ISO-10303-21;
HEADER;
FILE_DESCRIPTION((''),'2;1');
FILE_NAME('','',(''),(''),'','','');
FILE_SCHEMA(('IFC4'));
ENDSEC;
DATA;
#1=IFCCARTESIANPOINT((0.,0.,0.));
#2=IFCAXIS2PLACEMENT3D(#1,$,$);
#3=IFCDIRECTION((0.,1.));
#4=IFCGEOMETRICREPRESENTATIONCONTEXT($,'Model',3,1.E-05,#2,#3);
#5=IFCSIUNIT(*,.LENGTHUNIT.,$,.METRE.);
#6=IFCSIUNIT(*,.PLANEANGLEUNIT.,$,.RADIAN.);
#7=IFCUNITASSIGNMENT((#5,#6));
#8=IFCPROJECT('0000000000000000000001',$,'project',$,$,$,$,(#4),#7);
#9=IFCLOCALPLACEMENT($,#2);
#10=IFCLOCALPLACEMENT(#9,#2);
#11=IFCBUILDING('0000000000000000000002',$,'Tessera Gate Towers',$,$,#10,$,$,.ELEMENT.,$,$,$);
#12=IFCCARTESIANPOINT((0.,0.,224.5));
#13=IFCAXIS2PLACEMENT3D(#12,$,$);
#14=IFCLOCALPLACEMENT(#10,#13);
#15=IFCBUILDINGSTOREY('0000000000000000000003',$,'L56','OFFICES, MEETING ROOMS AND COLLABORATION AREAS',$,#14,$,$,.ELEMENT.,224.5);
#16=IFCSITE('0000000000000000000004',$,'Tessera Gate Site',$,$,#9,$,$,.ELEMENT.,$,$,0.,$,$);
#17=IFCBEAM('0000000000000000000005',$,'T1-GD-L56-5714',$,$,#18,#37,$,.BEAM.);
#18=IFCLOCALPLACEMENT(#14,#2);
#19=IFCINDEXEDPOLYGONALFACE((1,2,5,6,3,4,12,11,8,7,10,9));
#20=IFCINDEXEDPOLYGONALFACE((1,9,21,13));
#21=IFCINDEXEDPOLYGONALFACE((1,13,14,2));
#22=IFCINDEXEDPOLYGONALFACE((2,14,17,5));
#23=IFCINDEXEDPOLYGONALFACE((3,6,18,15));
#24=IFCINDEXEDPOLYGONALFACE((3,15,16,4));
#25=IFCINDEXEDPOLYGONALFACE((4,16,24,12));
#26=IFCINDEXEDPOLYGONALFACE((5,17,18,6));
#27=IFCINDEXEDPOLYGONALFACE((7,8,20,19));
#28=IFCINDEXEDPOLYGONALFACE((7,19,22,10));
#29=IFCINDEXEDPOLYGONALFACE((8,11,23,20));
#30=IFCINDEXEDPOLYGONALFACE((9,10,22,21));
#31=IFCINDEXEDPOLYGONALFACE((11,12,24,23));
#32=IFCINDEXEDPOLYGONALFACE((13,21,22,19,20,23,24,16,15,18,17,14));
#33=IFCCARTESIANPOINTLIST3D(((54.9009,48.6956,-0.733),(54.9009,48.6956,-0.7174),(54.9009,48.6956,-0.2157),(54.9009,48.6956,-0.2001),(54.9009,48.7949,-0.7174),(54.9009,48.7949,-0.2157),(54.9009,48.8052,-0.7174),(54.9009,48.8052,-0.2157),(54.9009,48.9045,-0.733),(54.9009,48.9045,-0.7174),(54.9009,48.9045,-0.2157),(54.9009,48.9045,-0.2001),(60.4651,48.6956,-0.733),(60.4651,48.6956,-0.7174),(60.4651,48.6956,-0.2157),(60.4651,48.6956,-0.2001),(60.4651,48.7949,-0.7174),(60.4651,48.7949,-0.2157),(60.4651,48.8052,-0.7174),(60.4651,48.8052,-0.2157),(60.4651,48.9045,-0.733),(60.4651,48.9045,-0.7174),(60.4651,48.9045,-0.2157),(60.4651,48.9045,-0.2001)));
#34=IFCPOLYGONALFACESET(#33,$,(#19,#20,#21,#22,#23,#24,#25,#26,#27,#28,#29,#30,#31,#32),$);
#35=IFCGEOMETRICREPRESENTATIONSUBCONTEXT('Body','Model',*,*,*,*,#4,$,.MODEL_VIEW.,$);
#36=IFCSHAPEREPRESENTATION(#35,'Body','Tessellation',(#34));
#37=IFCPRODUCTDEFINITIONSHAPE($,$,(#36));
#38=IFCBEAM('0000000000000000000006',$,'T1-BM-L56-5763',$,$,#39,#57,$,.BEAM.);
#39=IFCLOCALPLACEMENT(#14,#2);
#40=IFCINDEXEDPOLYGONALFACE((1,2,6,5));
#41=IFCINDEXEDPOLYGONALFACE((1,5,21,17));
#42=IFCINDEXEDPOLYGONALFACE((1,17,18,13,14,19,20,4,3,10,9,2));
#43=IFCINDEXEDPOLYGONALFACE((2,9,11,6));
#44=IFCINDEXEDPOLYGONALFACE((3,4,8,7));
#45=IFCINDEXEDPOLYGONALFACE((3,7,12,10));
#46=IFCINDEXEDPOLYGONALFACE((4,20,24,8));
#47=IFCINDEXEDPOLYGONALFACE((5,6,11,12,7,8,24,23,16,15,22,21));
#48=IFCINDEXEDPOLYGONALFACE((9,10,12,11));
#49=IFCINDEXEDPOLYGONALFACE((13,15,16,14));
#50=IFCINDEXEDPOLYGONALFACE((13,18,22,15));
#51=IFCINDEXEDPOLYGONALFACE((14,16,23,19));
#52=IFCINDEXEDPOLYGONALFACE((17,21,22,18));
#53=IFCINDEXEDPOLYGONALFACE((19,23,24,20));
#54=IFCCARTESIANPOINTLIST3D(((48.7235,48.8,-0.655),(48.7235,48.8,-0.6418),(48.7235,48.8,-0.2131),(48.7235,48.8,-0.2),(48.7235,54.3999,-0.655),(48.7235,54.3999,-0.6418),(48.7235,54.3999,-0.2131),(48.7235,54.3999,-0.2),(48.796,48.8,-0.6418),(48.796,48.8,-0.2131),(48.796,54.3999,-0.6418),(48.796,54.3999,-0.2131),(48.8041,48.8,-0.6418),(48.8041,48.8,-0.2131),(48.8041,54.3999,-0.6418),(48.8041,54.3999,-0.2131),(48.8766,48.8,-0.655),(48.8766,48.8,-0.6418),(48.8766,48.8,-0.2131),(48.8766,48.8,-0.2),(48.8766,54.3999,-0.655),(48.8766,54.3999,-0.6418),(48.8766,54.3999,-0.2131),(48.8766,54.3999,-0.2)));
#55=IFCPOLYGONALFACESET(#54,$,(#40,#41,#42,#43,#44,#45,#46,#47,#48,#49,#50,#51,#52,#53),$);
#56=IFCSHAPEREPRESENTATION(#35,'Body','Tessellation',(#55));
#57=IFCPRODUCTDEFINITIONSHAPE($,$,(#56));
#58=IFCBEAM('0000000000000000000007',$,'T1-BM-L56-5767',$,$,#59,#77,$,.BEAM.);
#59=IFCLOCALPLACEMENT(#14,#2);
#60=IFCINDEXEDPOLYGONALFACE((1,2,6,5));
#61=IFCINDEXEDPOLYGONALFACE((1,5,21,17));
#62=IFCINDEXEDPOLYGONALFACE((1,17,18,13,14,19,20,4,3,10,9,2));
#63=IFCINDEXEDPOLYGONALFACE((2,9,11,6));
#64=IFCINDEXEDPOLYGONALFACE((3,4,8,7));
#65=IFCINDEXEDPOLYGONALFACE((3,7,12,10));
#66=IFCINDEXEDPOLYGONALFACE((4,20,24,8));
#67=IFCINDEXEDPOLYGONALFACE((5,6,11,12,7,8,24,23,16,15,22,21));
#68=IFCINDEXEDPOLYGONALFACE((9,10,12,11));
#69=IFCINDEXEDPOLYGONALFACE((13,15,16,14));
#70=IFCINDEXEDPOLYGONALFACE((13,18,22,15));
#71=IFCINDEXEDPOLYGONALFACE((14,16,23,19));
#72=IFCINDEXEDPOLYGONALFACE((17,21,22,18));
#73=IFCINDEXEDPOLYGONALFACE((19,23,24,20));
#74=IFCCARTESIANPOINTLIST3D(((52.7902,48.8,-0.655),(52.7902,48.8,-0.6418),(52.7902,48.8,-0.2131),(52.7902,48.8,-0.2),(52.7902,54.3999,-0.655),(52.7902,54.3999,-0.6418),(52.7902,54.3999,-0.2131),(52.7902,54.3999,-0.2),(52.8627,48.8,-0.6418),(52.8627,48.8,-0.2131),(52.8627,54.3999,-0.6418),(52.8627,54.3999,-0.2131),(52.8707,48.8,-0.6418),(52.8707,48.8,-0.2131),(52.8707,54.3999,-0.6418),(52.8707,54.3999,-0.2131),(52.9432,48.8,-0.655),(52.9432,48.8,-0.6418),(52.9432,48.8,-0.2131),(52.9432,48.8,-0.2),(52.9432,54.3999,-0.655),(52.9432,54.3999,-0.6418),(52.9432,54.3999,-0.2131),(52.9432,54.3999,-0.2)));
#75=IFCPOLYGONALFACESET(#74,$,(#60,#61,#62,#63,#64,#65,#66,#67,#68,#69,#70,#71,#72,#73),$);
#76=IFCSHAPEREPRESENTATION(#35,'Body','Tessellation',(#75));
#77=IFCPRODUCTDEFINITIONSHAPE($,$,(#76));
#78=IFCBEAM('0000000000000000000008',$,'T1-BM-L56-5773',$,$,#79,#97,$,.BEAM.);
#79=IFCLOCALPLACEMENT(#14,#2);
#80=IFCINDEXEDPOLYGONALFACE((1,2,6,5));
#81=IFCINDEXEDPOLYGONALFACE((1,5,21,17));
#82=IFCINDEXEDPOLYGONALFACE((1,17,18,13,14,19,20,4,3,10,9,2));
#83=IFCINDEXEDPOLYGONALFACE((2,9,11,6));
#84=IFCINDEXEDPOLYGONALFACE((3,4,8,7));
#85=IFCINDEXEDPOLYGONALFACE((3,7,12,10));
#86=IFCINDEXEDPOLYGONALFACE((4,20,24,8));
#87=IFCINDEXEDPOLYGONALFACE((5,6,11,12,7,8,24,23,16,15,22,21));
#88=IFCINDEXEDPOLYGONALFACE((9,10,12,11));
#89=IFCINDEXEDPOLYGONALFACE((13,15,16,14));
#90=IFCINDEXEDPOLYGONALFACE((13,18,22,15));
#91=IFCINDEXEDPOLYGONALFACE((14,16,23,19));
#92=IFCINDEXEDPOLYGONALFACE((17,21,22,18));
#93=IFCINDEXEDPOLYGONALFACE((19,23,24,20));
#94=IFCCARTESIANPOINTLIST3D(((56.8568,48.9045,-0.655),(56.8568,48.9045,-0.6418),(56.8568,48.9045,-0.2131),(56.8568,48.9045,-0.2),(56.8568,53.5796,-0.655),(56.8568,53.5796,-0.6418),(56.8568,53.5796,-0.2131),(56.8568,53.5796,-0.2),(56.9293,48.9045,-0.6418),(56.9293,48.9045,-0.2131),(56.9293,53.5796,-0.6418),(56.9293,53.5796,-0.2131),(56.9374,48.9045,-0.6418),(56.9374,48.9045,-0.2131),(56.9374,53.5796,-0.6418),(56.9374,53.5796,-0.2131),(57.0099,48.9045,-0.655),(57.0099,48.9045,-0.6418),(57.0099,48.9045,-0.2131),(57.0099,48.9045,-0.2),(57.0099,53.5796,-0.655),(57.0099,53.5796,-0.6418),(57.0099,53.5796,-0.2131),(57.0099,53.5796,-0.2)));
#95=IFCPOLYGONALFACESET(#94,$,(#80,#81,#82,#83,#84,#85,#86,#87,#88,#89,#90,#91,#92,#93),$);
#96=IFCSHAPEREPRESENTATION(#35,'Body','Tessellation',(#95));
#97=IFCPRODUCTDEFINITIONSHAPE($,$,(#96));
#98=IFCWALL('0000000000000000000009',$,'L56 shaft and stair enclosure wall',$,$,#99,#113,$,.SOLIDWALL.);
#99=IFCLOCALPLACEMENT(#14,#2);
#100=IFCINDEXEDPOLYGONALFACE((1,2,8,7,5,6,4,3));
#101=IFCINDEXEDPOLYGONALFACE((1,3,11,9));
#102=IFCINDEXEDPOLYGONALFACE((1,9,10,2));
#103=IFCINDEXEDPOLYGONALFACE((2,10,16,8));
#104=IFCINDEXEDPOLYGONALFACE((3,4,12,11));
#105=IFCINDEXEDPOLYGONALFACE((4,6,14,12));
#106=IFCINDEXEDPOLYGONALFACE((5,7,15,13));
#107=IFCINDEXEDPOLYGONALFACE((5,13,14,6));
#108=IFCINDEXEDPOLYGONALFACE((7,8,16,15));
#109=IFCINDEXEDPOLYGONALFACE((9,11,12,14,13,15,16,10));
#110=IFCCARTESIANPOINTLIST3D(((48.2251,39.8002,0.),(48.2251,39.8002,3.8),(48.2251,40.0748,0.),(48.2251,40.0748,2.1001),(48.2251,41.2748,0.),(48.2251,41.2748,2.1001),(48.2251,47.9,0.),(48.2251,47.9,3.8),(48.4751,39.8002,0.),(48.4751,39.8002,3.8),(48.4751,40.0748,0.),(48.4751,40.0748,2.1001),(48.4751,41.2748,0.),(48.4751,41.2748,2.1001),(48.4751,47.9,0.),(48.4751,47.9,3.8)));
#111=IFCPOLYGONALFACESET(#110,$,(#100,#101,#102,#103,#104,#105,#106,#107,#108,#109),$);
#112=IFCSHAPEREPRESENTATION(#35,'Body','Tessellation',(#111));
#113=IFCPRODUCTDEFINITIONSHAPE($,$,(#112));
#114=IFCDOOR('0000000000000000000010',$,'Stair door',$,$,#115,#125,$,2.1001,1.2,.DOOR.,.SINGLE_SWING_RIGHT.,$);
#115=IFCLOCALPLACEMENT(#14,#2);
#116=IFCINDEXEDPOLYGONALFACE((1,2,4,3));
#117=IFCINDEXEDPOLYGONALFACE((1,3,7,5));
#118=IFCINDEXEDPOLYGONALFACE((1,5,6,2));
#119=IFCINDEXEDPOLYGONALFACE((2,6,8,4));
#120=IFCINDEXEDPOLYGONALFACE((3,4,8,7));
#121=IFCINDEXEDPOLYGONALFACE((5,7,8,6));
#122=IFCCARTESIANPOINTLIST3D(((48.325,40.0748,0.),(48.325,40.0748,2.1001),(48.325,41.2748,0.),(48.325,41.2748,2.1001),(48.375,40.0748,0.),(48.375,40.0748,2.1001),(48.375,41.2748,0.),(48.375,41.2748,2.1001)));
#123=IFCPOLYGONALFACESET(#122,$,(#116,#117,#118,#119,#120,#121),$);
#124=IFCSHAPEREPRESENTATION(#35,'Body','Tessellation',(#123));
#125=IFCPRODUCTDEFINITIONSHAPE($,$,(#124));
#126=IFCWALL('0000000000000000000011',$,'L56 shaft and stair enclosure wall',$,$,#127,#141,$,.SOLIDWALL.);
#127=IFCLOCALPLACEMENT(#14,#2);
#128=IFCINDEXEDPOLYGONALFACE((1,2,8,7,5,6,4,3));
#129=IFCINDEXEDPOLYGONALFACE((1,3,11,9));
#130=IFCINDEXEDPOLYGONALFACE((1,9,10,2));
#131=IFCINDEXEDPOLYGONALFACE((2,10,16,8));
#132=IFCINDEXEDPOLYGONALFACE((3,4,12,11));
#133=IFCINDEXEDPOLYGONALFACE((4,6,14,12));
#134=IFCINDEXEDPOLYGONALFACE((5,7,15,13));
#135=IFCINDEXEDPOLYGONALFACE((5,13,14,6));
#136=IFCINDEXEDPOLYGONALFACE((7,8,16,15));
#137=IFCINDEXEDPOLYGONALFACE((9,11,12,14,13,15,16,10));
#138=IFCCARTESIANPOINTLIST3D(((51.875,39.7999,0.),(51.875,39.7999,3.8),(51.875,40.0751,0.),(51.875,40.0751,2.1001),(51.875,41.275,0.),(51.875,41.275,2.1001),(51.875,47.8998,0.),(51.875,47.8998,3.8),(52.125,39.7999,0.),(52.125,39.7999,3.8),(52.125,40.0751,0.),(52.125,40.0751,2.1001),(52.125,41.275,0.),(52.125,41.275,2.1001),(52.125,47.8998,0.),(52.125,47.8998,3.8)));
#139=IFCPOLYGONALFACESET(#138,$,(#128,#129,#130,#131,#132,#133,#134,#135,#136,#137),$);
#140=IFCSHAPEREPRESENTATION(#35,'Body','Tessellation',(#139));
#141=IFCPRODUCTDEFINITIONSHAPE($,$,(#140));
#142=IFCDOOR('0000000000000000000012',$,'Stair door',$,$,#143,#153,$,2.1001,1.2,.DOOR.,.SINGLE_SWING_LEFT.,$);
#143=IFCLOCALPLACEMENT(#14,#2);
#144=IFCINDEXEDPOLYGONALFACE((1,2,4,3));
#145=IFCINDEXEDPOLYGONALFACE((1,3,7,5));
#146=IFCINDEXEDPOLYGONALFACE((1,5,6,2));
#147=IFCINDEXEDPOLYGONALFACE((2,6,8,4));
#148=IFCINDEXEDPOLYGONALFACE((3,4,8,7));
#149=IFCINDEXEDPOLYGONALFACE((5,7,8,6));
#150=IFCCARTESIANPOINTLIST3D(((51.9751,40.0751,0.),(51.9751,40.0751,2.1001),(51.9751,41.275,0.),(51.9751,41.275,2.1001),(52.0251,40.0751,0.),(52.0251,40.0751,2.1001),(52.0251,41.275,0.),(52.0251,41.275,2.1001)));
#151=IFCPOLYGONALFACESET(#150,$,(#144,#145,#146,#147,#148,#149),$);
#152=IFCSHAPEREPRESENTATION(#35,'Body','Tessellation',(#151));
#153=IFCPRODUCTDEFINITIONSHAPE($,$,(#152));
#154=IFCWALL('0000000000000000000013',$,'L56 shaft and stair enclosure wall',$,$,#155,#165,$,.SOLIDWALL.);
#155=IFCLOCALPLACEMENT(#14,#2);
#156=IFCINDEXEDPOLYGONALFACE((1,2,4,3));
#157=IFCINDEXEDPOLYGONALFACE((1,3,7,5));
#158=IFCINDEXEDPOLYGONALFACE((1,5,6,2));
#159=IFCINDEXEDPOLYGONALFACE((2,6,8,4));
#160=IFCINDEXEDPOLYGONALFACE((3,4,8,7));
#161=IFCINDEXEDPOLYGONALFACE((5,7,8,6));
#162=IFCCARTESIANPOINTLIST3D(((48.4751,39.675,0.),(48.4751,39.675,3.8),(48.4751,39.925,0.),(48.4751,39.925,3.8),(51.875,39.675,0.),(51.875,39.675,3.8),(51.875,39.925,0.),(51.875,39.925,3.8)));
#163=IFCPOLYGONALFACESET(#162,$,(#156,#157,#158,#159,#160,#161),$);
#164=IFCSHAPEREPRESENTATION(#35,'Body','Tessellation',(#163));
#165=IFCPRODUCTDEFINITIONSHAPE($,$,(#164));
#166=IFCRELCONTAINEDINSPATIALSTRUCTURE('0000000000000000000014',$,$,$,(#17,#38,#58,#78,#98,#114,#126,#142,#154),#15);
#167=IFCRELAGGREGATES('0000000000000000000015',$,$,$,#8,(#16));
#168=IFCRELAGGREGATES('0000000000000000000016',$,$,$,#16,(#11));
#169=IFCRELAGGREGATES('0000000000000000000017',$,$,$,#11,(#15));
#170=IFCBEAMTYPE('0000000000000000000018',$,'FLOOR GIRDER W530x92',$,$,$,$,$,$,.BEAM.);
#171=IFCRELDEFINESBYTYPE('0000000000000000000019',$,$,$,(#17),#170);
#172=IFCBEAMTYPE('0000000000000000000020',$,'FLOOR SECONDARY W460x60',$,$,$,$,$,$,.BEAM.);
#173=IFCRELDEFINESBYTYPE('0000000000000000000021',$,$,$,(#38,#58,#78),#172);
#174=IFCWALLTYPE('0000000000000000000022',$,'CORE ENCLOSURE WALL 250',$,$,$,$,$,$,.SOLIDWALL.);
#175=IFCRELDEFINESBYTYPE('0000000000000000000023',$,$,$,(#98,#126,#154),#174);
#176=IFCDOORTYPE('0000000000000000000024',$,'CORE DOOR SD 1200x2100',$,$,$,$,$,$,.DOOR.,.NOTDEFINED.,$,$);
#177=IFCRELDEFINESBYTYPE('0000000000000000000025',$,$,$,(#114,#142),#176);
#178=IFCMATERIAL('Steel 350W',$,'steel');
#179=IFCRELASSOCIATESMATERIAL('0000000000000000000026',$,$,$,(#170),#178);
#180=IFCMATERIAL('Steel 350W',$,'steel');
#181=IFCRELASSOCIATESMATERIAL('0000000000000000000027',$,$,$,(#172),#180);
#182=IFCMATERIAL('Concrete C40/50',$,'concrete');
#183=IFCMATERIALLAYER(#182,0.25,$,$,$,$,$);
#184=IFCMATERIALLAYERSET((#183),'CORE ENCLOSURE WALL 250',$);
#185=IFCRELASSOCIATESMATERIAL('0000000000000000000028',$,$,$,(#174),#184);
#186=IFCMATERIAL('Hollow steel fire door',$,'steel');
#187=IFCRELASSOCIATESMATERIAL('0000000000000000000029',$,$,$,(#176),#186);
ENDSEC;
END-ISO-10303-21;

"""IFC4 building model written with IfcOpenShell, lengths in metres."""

from ifc_helpers import new_model, si_unit, direction, frame, frame_2d, origin, origin_2d, place, context, subcontext, project, spatial, rectangle, i_section, extrude, source, transform, mapped, material, layer, layer_set, material_profile, profile_set, type_object, element, fill, save


model = new_model("IFC4")

# Units and contexts
model_context = context("Model", 3, precision=1e-05, world=origin(), true_north=direction((0.0, 1.0)))
body_context = subcontext(model_context, "Body", "Model", "MODEL_VIEW")
ifc_project = project(units=[si_unit("LENGTHUNIT", "METRE"), si_unit("PLANEANGLEUNIT", "RADIAN")], contexts=[model_context])

# Site, building, storey
site_placement = place(None, origin())
site = spatial("IfcSite", under=ifc_project, at=site_placement, Name="Tessera Gate Site", CompositionType="ELEMENT", RefElevation=0.0)
building_placement = place(site_placement, origin())
building = spatial("IfcBuilding", under=site, at=building_placement, Name="Tessera Gate Towers", CompositionType="ELEMENT")
storey_placement = place(building_placement, frame((0.0, 0.0, 224.5)))
storey = spatial("IfcBuildingStorey", under=building, at=storey_placement, Name="L56", Description="OFFICES, MEETING ROOMS AND COLLABORATION AREAS", CompositionType="ELEMENT", Elevation=224.5)

# Beams
ifc_material_1 = material(Name="Steel 350W", Category="steel")
ifc_material_profile_1 = material_profile(ifc_material_1, i_section(OverallWidth=0.209, OverallDepth=0.533, WebThickness=0.0103, FlangeThickness=0.0156, at=origin_2d()), Name="W530x92")
ifc_profile_set_1 = profile_set([ifc_material_profile_1], Name="Steel 350W")
beam_type_1 = type_object("IfcBeamType", Name="FLOOR GIRDER W530x92", PredefinedType="BEAM", material=ifc_profile_set_1)
beam_1_placement = place(storey_placement, frame((54.9009, 48.8, -0.4666), z_axis=(1.0, 0.0, 0.0), x_axis=(0.0, 1.0, 0.0)))
element("IfcBeam", 1, at=beam_1_placement, inside=storey, type_object=beam_type_1, Name="T1-GD-L56-5714", PredefinedType="BEAM", context=body_context, shape_type="SweptSolid", body=[
    extrude(i_section(OverallWidth=0.209, OverallDepth=0.533, WebThickness=0.0103, FlangeThickness=0.0156, at=origin_2d()), origin(), (0.0, 0.0, 1.0), 5.5642),
])
ifc_material_2 = material(Name="Steel 350W", Category="steel")
ifc_material_profile_2 = material_profile(ifc_material_2, i_section(OverallWidth=0.1531, OverallDepth=0.4551, WebThickness=0.0081, FlangeThickness=0.0132, at=origin_2d()), Name="W460x60")
ifc_profile_set_2 = profile_set([ifc_material_profile_2], Name="Steel 350W")
beam_type_2 = type_object("IfcBeamType", Name="FLOOR SECONDARY W460x60", PredefinedType="BEAM", material=ifc_profile_set_2)
for number, where, z_axis, x_axis, name in (
    (2, (48.8, 48.8, -0.4275), (0.0, 1.0, 0.0), (-1.0, 0.0, 0.0), "T1-BM-L56-5763"),
    (3, (52.8667, 48.8, -0.4275), (0.0, 1.0, 0.0), (-1.0, 0.0, 0.0), "T1-BM-L56-5767"),
):
    element("IfcBeam", number, at=place(storey_placement, frame(where, z_axis=z_axis, x_axis=x_axis)), inside=storey, type_object=beam_type_2, Name=name, PredefinedType="BEAM", context=body_context, shape_type="SweptSolid", body=[
        extrude(i_section(OverallWidth=0.1531, OverallDepth=0.4551, WebThickness=0.0081, FlangeThickness=0.0132, at=origin_2d()), origin(), (0.0, 0.0, 1.0), 5.5999),
    ])
beam_2_placement = place(storey_placement, frame((56.9333, 48.9045, -0.4275), z_axis=(0.0, 1.0, 0.0), x_axis=(-1.0, 0.0, 0.0)))
element("IfcBeam", 4, at=beam_2_placement, inside=storey, type_object=beam_type_2, Name="T1-BM-L56-5773", PredefinedType="BEAM", context=body_context, shape_type="SweptSolid", body=[
    extrude(i_section(OverallWidth=0.1531, OverallDepth=0.4551, WebThickness=0.0081, FlangeThickness=0.0132, at=origin_2d()), origin(), (0.0, 0.0, 1.0), 4.675),
])

# Walls, openings, doors
ifc_material_3 = material(Name="Concrete C40/50", Category="concrete")
ifc_layer_1 = layer(ifc_material_3, 0.25)
ifc_layer_set_1 = layer_set([ifc_layer_1], Name="CORE ENCLOSURE WALL 250")
wall_type_1 = type_object("IfcWallType", Name="CORE ENCLOSURE WALL 250", PredefinedType="SOLIDWALL", material=ifc_layer_set_1)
wall_1_placement = place(storey_placement, frame((48.3501, 47.8999, 0.0), z_axis=(0.0, 0.0, 1.0), x_axis=(0.0, -1.0, 0.0)))
wall_1 = element("IfcWall", 5, at=wall_1_placement, inside=storey, type_object=wall_type_1, Name="L56 shaft and stair enclosure wall", PredefinedType="SOLIDWALL", context=body_context, shape_type="SweptSolid", body=[
    extrude(rectangle(XDim=8.0999, YDim=0.25, at=frame_2d((4.0498, 0.0))), origin(), (0.0, 0.0, 1.0), 3.8),
])
shared_shape_1 = source(origin(), body_context, "Body", "SweptSolid", [
    extrude(rectangle(XDim=1.2, YDim=2.1001, at=frame_2d((0.6001, 1.05))), frame((0.0, 0.135, 0.0), z_axis=(0.0, -1.0, 0.0), x_axis=(1.0, 0.0, 0.0)), (0.0, 0.0, 1.0), 0.27),
])
opening_1_placement = place(wall_1_placement, frame((6.625, 0.0, 0.0)))
opening_1 = element("IfcOpeningElement", 6, at=opening_1_placement, cuts=wall_1, PredefinedType="OPENING", context=body_context, shape_type="MappedRepresentation", body=[
    mapped(shared_shape_1, transform((0.0, 0.0, 0.0), scale=1.0)),
])
ifc_material_4 = material(Name="Hollow steel fire door", Category="steel")
door_type_1 = type_object("IfcDoorType", Name="CORE DOOR SD 1200x2100", OperationType="NOTDEFINED", PredefinedType="DOOR", material=ifc_material_4)
shared_shape_2 = source(origin(), body_context, "Body", "SweptSolid", [
    extrude(rectangle(XDim=1.2, YDim=2.1001, at=frame_2d((0.6001, 1.05))), frame((0.0, 0.0249, 0.0), z_axis=(0.0, -1.0, 0.0), x_axis=(1.0, 0.0, 0.0)), (0.0, 0.0, 1.0), 0.05),
])
door_1_placement = place(opening_1_placement, origin())
door_1 = element("IfcDoor", 7, at=door_1_placement, inside=storey, type_object=door_type_1, Name="Stair door", OperationType="SINGLE_SWING_RIGHT", OverallHeight=2.1001, OverallWidth=1.2, PredefinedType="DOOR", context=body_context, shape_type="MappedRepresentation", body=[
    mapped(shared_shape_2, transform((0.0, 0.0, 0.0), scale=1.0)),
])
fill(opening_1, door_1)
wall_2_placement = place(storey_placement, frame((52.0, 39.8, 0.0), z_axis=(0.0, 0.0, 1.0), x_axis=(0.0, 1.0, 0.0)))
wall_2 = element("IfcWall", 8, at=wall_2_placement, inside=storey, type_object=wall_type_1, Name="L56 shaft and stair enclosure wall", PredefinedType="SOLIDWALL", context=body_context, shape_type="SweptSolid", body=[
    extrude(rectangle(XDim=8.0999, YDim=0.25, at=frame_2d((4.0498, 0.0))), origin(), (0.0, 0.0, 1.0), 3.8),
])
opening_2_placement = place(wall_2_placement, frame((0.2749, 0.0, 0.0)))
opening_2 = element("IfcOpeningElement", 9, at=opening_2_placement, cuts=wall_2, PredefinedType="OPENING", context=body_context, shape_type="MappedRepresentation", body=[
    mapped(shared_shape_1, transform((0.0, 0.0, 0.0), scale=1.0)),
])
door_2_placement = place(opening_2_placement, origin())
door_2 = element("IfcDoor", 10, at=door_2_placement, inside=storey, type_object=door_type_1, Name="Stair door", OperationType="SINGLE_SWING_LEFT", OverallHeight=2.1001, OverallWidth=1.2, PredefinedType="DOOR", context=body_context, shape_type="MappedRepresentation", body=[
    mapped(shared_shape_2, transform((0.0, 0.0, 0.0), scale=1.0)),
])
fill(opening_2, door_2)

# Wall
wall_3_placement = place(storey_placement, frame((48.4751, 39.8, 0.0), z_axis=(0.0, 0.0, 1.0), x_axis=(1.0, 0.0, 0.0)))
element("IfcWall", 11, at=wall_3_placement, inside=storey, type_object=wall_type_1, Name="L56 shaft and stair enclosure wall", PredefinedType="SOLIDWALL", context=body_context, shape_type="SweptSolid", body=[
    extrude(rectangle(XDim=3.3999, YDim=0.25, at=frame_2d((1.7, 0.0))), origin(), (0.0, 0.0, 1.0), 3.8),
])

save(model, "model.ifc")
